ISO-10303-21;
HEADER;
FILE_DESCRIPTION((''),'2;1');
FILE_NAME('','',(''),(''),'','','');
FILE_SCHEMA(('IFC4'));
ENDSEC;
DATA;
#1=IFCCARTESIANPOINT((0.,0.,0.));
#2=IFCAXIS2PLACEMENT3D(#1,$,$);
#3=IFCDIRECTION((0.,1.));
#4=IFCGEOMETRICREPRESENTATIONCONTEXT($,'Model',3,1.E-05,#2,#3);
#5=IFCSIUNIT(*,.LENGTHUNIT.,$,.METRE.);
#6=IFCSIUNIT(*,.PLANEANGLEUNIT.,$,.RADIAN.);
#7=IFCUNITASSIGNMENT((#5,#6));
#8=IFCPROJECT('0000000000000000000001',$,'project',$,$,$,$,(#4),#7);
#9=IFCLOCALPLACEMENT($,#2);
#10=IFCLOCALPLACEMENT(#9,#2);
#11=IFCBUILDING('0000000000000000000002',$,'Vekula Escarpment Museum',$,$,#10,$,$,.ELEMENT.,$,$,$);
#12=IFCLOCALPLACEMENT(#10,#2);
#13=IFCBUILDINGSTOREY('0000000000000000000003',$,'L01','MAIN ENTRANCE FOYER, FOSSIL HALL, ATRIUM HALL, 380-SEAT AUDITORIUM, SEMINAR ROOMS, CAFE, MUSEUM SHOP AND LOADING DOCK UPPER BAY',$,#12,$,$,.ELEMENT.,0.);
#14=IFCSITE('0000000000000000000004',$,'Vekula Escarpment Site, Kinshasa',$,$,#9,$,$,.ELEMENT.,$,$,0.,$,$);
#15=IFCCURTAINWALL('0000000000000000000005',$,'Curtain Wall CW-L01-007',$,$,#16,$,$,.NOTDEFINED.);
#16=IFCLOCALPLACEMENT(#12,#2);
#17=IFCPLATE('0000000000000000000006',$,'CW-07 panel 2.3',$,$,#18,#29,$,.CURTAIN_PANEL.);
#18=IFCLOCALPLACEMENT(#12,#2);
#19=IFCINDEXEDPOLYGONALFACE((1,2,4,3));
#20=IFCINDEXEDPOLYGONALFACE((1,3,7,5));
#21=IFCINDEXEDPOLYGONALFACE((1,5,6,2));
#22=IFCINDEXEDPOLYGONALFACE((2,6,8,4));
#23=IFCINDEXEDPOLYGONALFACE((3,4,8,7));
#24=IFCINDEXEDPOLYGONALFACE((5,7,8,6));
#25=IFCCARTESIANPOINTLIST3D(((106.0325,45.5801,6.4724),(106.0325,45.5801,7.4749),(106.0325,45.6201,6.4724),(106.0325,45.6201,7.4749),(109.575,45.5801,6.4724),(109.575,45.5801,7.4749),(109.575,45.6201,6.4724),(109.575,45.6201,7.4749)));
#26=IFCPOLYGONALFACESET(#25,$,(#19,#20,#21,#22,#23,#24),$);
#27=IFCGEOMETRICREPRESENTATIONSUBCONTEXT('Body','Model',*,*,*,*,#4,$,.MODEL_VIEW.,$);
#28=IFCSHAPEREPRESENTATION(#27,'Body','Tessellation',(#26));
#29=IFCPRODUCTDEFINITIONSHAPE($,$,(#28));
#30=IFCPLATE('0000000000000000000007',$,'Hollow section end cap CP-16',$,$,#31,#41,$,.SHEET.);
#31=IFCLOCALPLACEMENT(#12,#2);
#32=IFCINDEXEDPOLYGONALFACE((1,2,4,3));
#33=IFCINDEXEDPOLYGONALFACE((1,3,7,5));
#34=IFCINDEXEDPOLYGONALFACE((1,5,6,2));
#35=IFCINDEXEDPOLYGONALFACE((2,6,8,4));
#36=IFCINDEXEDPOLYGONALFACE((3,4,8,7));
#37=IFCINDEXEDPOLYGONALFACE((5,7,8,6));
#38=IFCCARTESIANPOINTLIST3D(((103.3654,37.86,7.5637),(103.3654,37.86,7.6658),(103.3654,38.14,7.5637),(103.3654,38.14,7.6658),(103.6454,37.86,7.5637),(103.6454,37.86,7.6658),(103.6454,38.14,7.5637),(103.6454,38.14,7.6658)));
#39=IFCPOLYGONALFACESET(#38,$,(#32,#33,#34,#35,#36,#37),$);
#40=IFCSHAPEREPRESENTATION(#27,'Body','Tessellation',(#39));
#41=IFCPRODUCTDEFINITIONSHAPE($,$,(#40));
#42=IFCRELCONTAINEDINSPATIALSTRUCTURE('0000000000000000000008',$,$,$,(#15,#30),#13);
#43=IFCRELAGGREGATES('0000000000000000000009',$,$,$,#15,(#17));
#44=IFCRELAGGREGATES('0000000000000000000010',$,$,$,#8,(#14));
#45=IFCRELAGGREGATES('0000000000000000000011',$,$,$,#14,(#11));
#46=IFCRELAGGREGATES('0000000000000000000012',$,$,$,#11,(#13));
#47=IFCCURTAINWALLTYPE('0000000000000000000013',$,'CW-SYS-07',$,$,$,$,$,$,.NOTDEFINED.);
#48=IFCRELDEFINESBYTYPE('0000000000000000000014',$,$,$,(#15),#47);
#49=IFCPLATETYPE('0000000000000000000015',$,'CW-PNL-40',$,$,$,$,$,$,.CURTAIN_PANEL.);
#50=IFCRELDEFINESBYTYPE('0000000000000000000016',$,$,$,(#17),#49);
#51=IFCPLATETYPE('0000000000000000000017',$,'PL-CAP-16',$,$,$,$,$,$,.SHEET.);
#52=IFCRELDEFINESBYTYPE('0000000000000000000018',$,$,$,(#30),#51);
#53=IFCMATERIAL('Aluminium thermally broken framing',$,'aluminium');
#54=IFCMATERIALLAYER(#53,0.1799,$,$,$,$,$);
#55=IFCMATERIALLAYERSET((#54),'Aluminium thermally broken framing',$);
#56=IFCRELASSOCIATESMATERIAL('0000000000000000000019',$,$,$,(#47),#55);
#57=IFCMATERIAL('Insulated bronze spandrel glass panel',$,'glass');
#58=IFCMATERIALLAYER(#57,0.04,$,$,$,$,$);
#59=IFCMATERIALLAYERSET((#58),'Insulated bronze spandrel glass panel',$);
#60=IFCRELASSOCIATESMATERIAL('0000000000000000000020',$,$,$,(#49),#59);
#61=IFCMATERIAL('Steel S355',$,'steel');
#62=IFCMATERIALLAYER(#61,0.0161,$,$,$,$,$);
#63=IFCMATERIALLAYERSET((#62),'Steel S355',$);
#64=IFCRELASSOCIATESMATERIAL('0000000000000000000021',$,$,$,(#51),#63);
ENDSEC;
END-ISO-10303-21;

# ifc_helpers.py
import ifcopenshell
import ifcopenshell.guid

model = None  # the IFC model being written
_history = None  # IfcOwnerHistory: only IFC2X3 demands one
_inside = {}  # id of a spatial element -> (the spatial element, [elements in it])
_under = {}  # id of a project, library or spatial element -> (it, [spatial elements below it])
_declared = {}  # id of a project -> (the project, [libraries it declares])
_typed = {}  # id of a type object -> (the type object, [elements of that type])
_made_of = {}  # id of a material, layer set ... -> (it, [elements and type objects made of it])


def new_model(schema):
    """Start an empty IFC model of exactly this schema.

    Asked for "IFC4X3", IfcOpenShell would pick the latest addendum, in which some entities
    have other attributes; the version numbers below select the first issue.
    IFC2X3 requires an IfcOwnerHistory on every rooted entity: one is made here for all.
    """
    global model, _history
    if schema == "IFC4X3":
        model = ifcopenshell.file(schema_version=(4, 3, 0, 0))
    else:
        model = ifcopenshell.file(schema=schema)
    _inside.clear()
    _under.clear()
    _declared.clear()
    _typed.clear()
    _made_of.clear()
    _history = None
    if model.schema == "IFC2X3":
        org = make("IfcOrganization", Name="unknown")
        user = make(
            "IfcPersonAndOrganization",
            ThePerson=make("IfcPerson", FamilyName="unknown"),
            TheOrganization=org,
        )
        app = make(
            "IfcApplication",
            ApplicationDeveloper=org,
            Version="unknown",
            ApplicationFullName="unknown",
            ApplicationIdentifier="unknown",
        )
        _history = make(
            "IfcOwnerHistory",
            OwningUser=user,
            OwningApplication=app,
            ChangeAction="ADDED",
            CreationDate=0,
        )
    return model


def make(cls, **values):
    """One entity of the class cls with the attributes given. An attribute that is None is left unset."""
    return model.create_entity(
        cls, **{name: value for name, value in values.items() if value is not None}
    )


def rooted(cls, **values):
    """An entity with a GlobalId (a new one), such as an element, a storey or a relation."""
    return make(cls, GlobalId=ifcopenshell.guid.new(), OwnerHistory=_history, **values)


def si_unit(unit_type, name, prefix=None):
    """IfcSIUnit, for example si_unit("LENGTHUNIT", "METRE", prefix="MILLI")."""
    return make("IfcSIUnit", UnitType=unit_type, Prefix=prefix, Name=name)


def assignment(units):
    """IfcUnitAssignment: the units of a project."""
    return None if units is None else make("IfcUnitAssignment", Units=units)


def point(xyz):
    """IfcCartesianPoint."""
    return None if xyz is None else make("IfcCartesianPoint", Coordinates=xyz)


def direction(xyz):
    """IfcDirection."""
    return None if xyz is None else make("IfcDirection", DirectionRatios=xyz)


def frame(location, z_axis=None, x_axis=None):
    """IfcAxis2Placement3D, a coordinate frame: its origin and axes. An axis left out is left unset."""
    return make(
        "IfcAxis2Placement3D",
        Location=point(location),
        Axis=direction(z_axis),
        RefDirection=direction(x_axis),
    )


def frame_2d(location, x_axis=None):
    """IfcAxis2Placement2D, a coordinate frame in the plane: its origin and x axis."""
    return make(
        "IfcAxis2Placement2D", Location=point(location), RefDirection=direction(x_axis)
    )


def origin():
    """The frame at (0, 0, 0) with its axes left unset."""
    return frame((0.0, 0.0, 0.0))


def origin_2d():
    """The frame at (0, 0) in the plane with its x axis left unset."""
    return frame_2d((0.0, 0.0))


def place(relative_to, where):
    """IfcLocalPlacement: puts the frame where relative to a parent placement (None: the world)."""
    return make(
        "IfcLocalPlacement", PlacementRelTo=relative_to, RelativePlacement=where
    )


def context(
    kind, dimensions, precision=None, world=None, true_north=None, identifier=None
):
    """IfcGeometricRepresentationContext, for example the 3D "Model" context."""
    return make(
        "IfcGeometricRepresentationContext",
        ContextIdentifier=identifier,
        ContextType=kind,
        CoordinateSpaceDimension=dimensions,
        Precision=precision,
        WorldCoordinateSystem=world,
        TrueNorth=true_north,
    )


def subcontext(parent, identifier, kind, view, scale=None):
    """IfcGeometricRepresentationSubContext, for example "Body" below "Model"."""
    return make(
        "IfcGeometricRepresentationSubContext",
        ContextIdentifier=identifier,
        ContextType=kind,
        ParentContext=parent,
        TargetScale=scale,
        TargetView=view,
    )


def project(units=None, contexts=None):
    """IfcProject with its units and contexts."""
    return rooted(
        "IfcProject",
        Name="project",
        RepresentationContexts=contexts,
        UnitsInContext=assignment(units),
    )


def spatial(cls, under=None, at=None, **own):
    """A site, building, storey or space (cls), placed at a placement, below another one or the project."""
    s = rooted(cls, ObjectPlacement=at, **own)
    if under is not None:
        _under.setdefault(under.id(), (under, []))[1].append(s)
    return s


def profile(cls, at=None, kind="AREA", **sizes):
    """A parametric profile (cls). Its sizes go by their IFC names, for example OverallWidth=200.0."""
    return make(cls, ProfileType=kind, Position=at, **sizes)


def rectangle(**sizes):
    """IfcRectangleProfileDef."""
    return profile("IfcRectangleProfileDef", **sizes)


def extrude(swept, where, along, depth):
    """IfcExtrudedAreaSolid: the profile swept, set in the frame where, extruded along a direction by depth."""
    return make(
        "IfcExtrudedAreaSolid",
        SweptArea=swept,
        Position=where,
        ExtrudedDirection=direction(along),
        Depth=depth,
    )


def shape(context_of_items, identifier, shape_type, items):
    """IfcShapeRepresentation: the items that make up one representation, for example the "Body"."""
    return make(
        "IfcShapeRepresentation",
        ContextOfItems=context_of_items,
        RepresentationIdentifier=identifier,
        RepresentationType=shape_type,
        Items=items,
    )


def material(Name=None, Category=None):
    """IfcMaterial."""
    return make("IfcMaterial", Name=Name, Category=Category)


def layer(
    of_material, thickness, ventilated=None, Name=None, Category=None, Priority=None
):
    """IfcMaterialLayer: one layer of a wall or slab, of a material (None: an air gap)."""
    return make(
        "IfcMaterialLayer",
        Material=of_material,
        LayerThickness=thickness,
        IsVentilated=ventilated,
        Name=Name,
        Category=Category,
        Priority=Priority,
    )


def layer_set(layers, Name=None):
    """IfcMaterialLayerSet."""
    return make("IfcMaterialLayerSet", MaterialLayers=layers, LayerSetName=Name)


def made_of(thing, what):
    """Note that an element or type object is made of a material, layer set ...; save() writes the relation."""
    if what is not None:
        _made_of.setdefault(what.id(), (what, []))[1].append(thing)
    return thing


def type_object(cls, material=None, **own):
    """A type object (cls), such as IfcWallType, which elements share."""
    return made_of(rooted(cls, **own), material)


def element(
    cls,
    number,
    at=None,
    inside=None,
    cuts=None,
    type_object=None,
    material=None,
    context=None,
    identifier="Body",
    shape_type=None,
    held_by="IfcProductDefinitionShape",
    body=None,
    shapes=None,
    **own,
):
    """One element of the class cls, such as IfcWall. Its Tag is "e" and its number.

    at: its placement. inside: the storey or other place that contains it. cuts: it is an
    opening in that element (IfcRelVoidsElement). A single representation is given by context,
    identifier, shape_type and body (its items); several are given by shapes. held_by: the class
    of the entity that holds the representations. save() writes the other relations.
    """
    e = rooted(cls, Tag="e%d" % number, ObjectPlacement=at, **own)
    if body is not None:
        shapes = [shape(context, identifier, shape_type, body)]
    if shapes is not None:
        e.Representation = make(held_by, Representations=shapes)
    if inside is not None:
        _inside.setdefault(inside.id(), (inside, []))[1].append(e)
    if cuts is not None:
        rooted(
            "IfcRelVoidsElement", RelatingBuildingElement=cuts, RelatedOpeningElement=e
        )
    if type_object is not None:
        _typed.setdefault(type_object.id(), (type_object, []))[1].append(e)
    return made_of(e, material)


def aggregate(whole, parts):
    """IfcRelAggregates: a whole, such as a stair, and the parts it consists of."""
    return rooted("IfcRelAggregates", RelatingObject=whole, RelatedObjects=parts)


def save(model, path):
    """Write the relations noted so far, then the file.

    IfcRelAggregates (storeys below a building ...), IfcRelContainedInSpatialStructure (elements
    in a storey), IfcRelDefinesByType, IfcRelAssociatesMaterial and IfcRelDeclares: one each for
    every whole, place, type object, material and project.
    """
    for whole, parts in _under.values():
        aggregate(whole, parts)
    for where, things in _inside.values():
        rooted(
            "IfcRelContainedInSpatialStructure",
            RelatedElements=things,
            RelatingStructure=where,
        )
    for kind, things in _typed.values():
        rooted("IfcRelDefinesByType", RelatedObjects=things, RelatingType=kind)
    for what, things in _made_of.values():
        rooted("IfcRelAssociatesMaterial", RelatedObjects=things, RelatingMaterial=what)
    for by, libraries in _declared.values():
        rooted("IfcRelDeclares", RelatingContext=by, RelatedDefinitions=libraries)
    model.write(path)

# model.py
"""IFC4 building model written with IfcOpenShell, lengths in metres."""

from ifc_helpers import new_model, si_unit, direction, frame, origin, origin_2d, place, context, subcontext, project, spatial, rectangle, extrude, material, layer, layer_set, type_object, element, aggregate, save


model = new_model("IFC4")

# Units and contexts
model_context = context("Model", 3, precision=1e-05, world=origin(), true_north=direction((0.0, 1.0)))
body_context = subcontext(model_context, "Body", "Model", "MODEL_VIEW")
ifc_project = project(units=[si_unit("LENGTHUNIT", "METRE"), si_unit("PLANEANGLEUNIT", "RADIAN")], contexts=[model_context])

# Site, building, storey
site_placement = place(None, origin())
site = spatial("IfcSite", under=ifc_project, at=site_placement, Name="Vekula Escarpment Site, Kinshasa", CompositionType="ELEMENT", RefElevation=0.0)
building_placement = place(site_placement, origin())
building = spatial("IfcBuilding", under=site, at=building_placement, Name="Vekula Escarpment Museum", CompositionType="ELEMENT")
storey_placement = place(building_placement, origin())
storey = spatial("IfcBuildingStorey", under=building, at=storey_placement, Name="L01", Description="MAIN ENTRANCE FOYER, FOSSIL HALL, ATRIUM HALL, 380-SEAT AUDITORIUM, SEMINAR ROOMS, CAFE, MUSEUM SHOP AND LOADING DOCK UPPER BAY", CompositionType="ELEMENT", Elevation=0.0)

# Curtain wall
ifc_material_1 = material(Name="Aluminium thermally broken framing", Category="aluminium")
ifc_layer_1 = layer(ifc_material_1, 0.1799)
ifc_layer_set_1 = layer_set([ifc_layer_1], Name="Aluminium thermally broken framing")
curtain_wall_type = type_object("IfcCurtainWallType", Name="CW-SYS-07", PredefinedType="NOTDEFINED", material=ifc_layer_set_1)
curtain_wall_placement = place(storey_placement, origin())
curtain_wall = element("IfcCurtainWall", 1, at=curtain_wall_placement, inside=storey, type_object=curtain_wall_type, Name="Curtain Wall CW-L01-007", PredefinedType="NOTDEFINED")

# Plates
ifc_material_2 = material(Name="Insulated bronze spandrel glass panel", Category="glass")
ifc_layer_2 = layer(ifc_material_2, 0.04)
ifc_layer_set_2 = layer_set([ifc_layer_2], Name="Insulated bronze spandrel glass panel")
plate_type_1 = type_object("IfcPlateType", Name="CW-PNL-40", PredefinedType="CURTAIN_PANEL", material=ifc_layer_set_2)
plate_1_placement = place(storey_placement, frame((107.8037, 45.6001, 6.4724), z_axis=(0.0, 0.0, 1.0), x_axis=(1.0, 0.0, 0.0)))
plate_1 = element("IfcPlate", 2, at=plate_1_placement, type_object=plate_type_1, Name="CW-07 panel 2.3", PredefinedType="CURTAIN_PANEL", context=body_context, shape_type="SweptSolid", body=[
    extrude(rectangle(XDim=3.5425, YDim=0.04, at=origin_2d()), origin(), (0.0, 0.0, 1.0), 1.0024),
])
aggregate(curtain_wall, [plate_1])
ifc_material_3 = material(Name="Steel S355", Category="steel")
ifc_layer_3 = layer(ifc_material_3, 0.0161)
ifc_layer_set_3 = layer_set([ifc_layer_3], Name="Steel S355")
plate_type_2 = type_object("IfcPlateType", Name="PL-CAP-16", PredefinedType="SHEET", material=ifc_layer_set_3)
plate_2_placement = place(storey_placement, frame((103.5054, 38.0, 7.5637), z_axis=(0.0, 0.0, 1.0), x_axis=(1.0, 0.0, 0.0)))
element("IfcPlate", 3, at=plate_2_placement, inside=storey, type_object=plate_type_2, Name="Hollow section end cap CP-16", PredefinedType="SHEET", context=body_context, shape_type="SweptSolid", body=[
    extrude(rectangle(XDim=0.28, YDim=0.28, at=origin_2d()), origin(), (0.0, 0.0, 1.0), 0.1021),
])

save(model, "model.ifc")
